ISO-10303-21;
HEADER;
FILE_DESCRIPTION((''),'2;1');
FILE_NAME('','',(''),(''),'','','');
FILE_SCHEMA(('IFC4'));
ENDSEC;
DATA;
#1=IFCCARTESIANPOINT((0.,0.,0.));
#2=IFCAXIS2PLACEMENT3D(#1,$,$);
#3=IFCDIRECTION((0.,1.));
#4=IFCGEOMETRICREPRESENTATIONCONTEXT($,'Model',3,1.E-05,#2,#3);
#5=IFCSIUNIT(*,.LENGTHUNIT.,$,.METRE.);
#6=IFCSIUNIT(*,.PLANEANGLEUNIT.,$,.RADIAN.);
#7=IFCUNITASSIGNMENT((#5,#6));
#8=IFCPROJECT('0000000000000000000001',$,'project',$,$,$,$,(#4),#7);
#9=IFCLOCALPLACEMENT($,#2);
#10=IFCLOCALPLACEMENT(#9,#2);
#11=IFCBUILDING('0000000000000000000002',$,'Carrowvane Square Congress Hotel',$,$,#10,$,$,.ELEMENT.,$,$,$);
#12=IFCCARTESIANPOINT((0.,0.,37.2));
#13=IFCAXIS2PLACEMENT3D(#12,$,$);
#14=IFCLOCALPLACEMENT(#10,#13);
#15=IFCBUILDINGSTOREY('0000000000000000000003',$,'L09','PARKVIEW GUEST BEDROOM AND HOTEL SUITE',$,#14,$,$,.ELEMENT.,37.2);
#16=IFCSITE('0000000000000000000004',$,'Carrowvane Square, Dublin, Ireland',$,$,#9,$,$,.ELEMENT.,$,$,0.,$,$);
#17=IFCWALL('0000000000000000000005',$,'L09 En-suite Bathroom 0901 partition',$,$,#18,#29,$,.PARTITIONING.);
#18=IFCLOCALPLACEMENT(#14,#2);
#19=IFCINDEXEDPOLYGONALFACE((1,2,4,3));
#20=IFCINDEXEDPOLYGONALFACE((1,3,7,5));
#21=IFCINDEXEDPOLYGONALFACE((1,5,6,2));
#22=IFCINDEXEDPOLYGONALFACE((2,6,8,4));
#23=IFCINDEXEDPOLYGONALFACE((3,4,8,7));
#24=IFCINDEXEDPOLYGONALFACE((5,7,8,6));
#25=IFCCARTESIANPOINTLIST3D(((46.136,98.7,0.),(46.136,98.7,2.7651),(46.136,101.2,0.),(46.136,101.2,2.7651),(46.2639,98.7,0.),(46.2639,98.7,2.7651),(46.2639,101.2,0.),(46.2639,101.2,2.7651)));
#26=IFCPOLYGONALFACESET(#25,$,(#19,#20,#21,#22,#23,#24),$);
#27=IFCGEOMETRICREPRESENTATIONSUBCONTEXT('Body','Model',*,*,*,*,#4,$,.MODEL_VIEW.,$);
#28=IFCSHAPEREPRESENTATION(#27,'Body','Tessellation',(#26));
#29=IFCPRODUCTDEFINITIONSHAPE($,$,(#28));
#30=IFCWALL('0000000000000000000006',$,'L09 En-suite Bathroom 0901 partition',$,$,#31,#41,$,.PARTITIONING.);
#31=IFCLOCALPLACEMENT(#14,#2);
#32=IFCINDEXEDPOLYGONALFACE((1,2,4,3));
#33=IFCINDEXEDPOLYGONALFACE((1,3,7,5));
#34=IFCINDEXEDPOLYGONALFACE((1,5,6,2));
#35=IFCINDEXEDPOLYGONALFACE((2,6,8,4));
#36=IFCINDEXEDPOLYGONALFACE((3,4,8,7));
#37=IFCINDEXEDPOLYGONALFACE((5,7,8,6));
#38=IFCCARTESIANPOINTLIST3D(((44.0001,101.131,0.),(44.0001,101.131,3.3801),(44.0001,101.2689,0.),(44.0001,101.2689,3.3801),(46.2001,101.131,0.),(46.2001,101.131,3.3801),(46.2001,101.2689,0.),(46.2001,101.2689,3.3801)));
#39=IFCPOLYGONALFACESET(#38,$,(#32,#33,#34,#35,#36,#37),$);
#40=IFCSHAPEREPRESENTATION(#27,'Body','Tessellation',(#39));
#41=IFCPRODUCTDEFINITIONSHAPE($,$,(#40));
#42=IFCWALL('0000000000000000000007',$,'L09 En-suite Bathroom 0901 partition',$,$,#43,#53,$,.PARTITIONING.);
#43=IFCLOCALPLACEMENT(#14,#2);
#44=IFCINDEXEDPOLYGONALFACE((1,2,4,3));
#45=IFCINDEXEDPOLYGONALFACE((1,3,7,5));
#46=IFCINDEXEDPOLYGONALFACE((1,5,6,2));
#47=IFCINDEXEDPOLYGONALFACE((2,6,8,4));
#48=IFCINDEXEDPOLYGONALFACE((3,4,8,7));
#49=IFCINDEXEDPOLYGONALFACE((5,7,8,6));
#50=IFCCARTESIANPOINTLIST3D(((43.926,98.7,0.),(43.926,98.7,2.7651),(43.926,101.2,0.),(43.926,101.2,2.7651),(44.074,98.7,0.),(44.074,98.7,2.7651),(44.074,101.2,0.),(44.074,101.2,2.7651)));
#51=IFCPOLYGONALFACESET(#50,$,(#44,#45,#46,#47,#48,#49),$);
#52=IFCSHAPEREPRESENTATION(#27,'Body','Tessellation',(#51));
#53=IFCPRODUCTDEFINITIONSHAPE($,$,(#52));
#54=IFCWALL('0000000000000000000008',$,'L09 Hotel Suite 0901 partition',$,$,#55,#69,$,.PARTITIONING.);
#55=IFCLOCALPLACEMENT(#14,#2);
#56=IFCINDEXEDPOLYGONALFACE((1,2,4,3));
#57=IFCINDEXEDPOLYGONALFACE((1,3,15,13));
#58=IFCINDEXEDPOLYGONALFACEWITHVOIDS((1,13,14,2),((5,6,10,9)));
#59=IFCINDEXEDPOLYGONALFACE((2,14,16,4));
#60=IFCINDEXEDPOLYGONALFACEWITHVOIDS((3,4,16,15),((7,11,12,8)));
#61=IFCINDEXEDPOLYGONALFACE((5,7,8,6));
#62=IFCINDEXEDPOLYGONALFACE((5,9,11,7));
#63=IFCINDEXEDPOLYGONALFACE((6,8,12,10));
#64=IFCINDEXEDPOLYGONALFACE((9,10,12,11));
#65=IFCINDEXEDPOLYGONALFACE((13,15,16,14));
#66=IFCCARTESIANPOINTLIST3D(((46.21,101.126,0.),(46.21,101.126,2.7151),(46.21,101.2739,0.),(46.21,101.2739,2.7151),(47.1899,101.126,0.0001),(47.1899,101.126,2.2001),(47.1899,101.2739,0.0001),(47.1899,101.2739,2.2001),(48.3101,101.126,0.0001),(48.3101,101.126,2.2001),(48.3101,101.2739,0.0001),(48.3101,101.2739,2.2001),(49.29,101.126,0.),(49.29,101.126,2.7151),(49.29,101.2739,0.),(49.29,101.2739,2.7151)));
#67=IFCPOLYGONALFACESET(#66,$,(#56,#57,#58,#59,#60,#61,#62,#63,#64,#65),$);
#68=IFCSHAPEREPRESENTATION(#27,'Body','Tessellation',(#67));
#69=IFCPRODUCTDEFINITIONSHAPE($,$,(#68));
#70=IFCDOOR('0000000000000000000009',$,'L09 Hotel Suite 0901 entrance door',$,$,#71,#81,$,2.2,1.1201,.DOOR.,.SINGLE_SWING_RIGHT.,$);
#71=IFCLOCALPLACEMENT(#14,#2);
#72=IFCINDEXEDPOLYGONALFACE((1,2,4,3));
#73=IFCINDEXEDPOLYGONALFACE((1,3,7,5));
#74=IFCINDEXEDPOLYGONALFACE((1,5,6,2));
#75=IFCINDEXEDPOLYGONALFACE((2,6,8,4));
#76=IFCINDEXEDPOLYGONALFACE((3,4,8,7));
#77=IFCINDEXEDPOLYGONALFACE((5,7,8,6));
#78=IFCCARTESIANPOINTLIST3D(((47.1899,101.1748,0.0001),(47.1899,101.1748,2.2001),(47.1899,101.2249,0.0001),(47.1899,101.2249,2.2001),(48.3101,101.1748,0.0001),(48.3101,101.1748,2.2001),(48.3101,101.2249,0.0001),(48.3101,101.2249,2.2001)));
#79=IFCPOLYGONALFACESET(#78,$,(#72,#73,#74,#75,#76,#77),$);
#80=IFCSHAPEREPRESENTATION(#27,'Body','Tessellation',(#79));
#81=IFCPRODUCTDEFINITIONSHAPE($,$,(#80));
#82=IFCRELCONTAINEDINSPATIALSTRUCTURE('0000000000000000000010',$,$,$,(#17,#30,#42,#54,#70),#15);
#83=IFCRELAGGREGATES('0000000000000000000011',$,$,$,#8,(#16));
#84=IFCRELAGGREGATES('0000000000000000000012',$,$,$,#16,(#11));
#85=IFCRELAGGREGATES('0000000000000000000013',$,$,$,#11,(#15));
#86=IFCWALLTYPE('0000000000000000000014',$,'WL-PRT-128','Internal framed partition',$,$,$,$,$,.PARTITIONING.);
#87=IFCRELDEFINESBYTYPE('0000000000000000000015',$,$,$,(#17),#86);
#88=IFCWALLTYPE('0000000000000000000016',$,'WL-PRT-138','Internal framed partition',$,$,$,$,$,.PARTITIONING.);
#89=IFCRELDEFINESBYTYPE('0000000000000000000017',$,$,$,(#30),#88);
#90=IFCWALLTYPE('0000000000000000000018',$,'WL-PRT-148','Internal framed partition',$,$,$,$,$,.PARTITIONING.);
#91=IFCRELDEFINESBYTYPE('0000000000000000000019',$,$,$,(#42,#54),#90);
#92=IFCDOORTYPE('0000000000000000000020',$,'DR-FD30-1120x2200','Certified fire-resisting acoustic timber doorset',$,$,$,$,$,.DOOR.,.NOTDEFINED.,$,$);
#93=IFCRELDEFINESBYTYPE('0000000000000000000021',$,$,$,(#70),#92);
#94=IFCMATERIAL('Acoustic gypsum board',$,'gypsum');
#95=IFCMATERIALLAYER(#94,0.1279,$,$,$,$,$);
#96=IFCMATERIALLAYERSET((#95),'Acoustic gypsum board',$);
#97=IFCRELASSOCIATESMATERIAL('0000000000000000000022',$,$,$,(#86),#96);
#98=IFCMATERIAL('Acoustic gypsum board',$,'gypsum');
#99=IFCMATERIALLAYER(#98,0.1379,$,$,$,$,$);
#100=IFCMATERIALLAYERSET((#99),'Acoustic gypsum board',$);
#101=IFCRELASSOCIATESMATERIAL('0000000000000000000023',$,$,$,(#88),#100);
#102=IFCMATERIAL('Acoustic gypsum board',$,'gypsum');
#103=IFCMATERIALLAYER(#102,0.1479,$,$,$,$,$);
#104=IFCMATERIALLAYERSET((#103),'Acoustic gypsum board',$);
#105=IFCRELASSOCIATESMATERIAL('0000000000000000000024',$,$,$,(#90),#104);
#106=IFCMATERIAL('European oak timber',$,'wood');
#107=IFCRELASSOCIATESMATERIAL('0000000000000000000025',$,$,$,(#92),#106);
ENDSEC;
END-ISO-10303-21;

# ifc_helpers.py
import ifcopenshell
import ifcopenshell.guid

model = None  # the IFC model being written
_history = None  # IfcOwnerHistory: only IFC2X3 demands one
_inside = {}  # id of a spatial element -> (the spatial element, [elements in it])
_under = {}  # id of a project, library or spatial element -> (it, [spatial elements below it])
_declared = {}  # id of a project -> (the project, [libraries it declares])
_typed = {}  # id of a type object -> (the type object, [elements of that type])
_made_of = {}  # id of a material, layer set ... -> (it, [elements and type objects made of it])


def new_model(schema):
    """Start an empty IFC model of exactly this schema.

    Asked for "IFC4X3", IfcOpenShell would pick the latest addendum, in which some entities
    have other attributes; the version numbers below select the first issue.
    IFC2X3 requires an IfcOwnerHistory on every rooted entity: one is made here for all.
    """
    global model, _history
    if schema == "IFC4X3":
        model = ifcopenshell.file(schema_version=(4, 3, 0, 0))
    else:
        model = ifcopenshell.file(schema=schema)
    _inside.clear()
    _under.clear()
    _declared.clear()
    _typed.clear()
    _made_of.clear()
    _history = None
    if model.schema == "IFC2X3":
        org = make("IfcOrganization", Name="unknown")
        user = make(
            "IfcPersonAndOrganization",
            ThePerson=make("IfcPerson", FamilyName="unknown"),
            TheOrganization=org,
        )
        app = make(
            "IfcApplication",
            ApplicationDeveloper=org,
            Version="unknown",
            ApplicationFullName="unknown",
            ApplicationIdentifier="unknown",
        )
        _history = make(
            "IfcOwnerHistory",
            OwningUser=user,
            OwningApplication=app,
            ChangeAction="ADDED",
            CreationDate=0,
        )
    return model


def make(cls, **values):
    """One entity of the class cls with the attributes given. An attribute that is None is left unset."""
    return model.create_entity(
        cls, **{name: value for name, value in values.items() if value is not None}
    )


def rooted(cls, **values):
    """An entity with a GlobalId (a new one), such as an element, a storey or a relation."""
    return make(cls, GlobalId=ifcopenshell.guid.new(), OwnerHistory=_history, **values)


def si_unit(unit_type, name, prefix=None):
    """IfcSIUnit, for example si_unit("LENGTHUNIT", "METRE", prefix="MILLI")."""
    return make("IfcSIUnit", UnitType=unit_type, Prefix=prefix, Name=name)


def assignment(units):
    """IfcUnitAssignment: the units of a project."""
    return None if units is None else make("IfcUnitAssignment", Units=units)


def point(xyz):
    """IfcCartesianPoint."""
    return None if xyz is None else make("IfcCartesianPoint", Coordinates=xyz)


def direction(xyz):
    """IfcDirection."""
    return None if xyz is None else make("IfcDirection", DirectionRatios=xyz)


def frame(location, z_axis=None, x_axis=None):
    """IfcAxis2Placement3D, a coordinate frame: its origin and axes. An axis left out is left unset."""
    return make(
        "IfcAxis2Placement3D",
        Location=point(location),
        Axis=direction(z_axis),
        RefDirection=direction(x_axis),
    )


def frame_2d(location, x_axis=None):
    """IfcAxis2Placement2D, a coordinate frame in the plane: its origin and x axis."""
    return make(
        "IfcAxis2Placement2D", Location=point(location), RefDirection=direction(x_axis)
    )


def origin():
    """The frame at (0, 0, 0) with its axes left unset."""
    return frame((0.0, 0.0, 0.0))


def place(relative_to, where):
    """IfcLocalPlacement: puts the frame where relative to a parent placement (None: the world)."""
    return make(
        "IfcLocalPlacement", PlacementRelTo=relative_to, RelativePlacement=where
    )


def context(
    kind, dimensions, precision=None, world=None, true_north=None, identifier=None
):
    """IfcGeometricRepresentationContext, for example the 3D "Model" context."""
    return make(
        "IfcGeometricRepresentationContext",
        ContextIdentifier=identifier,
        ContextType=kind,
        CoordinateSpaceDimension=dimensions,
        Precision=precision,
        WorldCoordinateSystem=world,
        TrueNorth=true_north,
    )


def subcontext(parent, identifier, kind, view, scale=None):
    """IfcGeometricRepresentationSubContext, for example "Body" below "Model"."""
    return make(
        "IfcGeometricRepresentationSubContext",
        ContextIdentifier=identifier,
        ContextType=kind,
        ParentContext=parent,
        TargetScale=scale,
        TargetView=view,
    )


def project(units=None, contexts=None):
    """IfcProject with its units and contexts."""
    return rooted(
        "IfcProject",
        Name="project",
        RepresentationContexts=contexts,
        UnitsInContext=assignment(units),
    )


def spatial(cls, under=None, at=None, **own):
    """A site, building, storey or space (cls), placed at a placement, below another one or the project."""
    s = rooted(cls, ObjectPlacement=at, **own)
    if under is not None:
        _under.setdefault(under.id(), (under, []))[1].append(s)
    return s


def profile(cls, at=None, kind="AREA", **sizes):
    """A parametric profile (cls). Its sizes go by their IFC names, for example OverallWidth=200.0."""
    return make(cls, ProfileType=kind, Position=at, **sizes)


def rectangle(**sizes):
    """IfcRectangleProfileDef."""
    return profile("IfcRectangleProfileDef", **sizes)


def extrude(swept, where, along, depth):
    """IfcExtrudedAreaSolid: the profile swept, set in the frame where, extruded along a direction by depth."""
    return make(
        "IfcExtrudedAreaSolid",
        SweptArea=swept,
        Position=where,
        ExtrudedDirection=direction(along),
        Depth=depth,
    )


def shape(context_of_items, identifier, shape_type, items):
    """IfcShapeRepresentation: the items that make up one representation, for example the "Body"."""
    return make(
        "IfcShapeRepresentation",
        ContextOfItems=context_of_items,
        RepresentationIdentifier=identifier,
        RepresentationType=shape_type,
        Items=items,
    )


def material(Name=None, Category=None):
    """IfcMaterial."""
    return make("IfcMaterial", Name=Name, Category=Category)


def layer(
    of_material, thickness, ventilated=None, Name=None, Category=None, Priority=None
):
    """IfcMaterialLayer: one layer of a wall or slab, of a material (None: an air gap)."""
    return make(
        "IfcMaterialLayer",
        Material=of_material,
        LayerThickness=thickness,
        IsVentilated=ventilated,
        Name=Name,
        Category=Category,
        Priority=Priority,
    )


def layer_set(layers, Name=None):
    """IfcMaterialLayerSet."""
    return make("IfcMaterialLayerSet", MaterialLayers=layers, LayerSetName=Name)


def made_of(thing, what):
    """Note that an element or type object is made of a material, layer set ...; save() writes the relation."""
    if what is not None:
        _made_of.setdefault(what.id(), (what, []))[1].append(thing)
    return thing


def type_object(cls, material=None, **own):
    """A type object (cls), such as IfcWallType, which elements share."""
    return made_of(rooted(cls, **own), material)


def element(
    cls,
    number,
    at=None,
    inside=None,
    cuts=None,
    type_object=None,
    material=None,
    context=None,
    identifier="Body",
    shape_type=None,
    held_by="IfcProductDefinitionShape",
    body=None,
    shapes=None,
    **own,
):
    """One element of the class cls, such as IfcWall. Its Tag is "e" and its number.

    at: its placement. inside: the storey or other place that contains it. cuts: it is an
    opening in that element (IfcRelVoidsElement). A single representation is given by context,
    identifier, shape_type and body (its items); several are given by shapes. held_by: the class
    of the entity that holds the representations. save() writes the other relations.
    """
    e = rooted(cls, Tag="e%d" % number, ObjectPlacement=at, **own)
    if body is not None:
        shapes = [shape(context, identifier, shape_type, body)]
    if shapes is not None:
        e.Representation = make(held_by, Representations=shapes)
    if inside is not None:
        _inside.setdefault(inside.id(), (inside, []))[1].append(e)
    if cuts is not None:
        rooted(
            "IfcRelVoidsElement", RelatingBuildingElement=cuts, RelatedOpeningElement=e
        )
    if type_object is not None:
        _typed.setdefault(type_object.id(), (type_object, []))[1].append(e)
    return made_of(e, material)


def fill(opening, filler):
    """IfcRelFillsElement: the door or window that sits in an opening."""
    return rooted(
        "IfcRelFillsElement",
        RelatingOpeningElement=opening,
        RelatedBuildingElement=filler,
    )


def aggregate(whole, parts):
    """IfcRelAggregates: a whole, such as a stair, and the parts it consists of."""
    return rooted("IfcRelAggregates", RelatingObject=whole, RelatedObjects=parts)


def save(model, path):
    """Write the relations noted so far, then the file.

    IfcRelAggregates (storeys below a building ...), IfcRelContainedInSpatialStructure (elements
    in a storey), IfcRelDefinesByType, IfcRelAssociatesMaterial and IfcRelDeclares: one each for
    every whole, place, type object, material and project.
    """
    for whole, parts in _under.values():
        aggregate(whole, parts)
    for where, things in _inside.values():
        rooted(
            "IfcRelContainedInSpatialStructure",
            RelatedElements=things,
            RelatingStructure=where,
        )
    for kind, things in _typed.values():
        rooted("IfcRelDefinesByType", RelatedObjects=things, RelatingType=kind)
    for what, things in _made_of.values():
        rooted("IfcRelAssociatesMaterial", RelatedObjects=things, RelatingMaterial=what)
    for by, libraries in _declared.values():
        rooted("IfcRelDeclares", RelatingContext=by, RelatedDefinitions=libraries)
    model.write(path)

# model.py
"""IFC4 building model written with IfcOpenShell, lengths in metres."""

from ifc_helpers import new_model, si_unit, direction, frame, frame_2d, origin, place, context, subcontext, project, spatial, rectangle, extrude, material, layer, layer_set, type_object, element, fill, save


model = new_model("IFC4")

# Units and contexts
model_context = context("Model", 3, precision=1e-05, world=origin(), true_north=direction((0.0, 1.0)))
body_context = subcontext(model_context, "Body", "Model", "MODEL_VIEW")
ifc_project = project(units=[si_unit("LENGTHUNIT", "METRE"), si_unit("PLANEANGLEUNIT", "RADIAN")], contexts=[model_context])

# Site, building, storey
site_placement = place(None, origin())
site = spatial("IfcSite", under=ifc_project, at=site_placement, Name="Carrowvane Square, Dublin, Ireland", CompositionType="ELEMENT", RefElevation=0.0)
building_placement = place(site_placement, origin())
building = spatial("IfcBuilding", under=site, at=building_placement, Name="Carrowvane Square Congress Hotel", CompositionType="ELEMENT")
storey_placement = place(building_placement, frame((0.0, 0.0, 37.2)))
storey = spatial("IfcBuildingStorey", under=building, at=storey_placement, Name="L09", Description="PARKVIEW GUEST BEDROOM AND HOTEL SUITE", CompositionType="ELEMENT", Elevation=37.2)

# Walls
ifc_material_1 = material(Name="Acoustic gypsum board", Category="gypsum")
ifc_layer_1 = layer(ifc_material_1, 0.1279)
ifc_layer_set_1 = layer_set([ifc_layer_1], Name="Acoustic gypsum board")
wall_type_1 = type_object("IfcWallType", Name="WL-PRT-128", Description="Internal framed partition", PredefinedType="PARTITIONING", material=ifc_layer_set_1)
wall_1_placement = place(storey_placement, frame((46.2, 101.2, 0.0), z_axis=(0.0, 0.0, 1.0), x_axis=(0.0, -1.0, 0.0)))
element("IfcWall", 1, at=wall_1_placement, inside=storey, type_object=wall_type_1, Name="L09 En-suite Bathroom 0901 partition", PredefinedType="PARTITIONING", context=body_context, shape_type="SweptSolid", body=[
    extrude(rectangle(XDim=2.5, YDim=0.1279, at=frame_2d((1.25, 0.0))), origin(), (0.0, 0.0, 1.0), 2.7651),
])
ifc_material_2 = material(Name="Acoustic gypsum board", Category="gypsum")
ifc_layer_2 = layer(ifc_material_2, 0.1379)
ifc_layer_set_2 = layer_set([ifc_layer_2], Name="Acoustic gypsum board")
wall_type_2 = type_object("IfcWallType", Name="WL-PRT-138", Description="Internal framed partition", PredefinedType="PARTITIONING", material=ifc_layer_set_2)
wall_2_placement = place(storey_placement, frame((44.0, 101.2, 0.0), z_axis=(0.0, 0.0, 1.0), x_axis=(1.0, 0.0, 0.0)))
element("IfcWall", 2, at=wall_2_placement, inside=storey, type_object=wall_type_2, Name="L09 En-suite Bathroom 0901 partition", PredefinedType="PARTITIONING", context=body_context, shape_type="SweptSolid", body=[
    extrude(rectangle(XDim=2.2, YDim=0.1379, at=frame_2d((1.1001, 0.0))), origin(), (0.0, 0.0, 1.0), 3.3801),
])
ifc_material_3 = material(Name="Acoustic gypsum board", Category="gypsum")
ifc_layer_3 = layer(ifc_material_3, 0.1479)
ifc_layer_set_3 = layer_set([ifc_layer_3], Name="Acoustic gypsum board")
wall_type_3 = type_object("IfcWallType", Name="WL-PRT-148", Description="Internal framed partition", PredefinedType="PARTITIONING", material=ifc_layer_set_3)
wall_3_placement = place(storey_placement, frame((44.0, 98.7, 0.0), z_axis=(0.0, 0.0, 1.0), x_axis=(0.0, 1.0, 0.0)))
element("IfcWall", 3, at=wall_3_placement, inside=storey, type_object=wall_type_3, Name="L09 En-suite Bathroom 0901 partition", PredefinedType="PARTITIONING", context=body_context, shape_type="SweptSolid", body=[
    extrude(rectangle(XDim=2.5, YDim=0.1479, at=frame_2d((1.25, 0.0))), origin(), (0.0, 0.0, 1.0), 2.7651),
])

# Wall, opening, door
wall_4_placement = place(storey_placement, frame((46.21, 101.2, 0.0), z_axis=(0.0, 0.0, 1.0), x_axis=(1.0, 0.0, 0.0)))
wall_4 = element("IfcWall", 4, at=wall_4_placement, inside=storey, type_object=wall_type_3, Name="L09 Hotel Suite 0901 partition", PredefinedType="PARTITIONING", context=body_context, shape_type="SweptSolid", body=[
    extrude(rectangle(XDim=3.0801, YDim=0.1479, at=frame_2d((1.54, 0.0))), origin(), (0.0, 0.0, 1.0), 2.7151),
])
opening_1_placement = place(wall_4_placement, frame((0.98, 0.0, 0.0)))
opening_1 = element("IfcOpeningElement", 5, at=opening_1_placement, cuts=wall_4, PredefinedType="OPENING", context=body_context, shape_type="SweptSolid", body=[
    extrude(rectangle(XDim=1.1201, YDim=2.2, at=frame_2d((0.5601, 1.1001))), frame((0.0, 0.084, 0.0), z_axis=(0.0, -1.0, 0.0), x_axis=(1.0, 0.0, 0.0)), (0.0, 0.0, 1.0), 0.168),
])
ifc_material_4 = material(Name="European oak timber", Category="wood")
door_type_1 = type_object("IfcDoorType", Name="DR-FD30-1120x2200", Description="Certified fire-resisting acoustic timber doorset", OperationType="NOTDEFINED", PredefinedType="DOOR", material=ifc_material_4)
door_1_placement = place(opening_1_placement, origin())
door_1 = element("IfcDoor", 6, at=door_1_placement, inside=storey, type_object=door_type_1, Name="L09 Hotel Suite 0901 entrance door", OperationType="SINGLE_SWING_RIGHT", OverallHeight=2.2, OverallWidth=1.1201, PredefinedType="DOOR", context=body_context, shape_type="SweptSolid", body=[
    extrude(rectangle(XDim=1.1201, YDim=2.2, at=frame_2d((0.5601, 1.1001))), frame((0.0, 0.0249, 0.0), z_axis=(0.0, -1.0, 0.0), x_axis=(1.0, 0.0, 0.0)), (0.0, 0.0, 1.0), 0.05),
])
fill(opening_1, door_1)

save(model, "model.ifc")
